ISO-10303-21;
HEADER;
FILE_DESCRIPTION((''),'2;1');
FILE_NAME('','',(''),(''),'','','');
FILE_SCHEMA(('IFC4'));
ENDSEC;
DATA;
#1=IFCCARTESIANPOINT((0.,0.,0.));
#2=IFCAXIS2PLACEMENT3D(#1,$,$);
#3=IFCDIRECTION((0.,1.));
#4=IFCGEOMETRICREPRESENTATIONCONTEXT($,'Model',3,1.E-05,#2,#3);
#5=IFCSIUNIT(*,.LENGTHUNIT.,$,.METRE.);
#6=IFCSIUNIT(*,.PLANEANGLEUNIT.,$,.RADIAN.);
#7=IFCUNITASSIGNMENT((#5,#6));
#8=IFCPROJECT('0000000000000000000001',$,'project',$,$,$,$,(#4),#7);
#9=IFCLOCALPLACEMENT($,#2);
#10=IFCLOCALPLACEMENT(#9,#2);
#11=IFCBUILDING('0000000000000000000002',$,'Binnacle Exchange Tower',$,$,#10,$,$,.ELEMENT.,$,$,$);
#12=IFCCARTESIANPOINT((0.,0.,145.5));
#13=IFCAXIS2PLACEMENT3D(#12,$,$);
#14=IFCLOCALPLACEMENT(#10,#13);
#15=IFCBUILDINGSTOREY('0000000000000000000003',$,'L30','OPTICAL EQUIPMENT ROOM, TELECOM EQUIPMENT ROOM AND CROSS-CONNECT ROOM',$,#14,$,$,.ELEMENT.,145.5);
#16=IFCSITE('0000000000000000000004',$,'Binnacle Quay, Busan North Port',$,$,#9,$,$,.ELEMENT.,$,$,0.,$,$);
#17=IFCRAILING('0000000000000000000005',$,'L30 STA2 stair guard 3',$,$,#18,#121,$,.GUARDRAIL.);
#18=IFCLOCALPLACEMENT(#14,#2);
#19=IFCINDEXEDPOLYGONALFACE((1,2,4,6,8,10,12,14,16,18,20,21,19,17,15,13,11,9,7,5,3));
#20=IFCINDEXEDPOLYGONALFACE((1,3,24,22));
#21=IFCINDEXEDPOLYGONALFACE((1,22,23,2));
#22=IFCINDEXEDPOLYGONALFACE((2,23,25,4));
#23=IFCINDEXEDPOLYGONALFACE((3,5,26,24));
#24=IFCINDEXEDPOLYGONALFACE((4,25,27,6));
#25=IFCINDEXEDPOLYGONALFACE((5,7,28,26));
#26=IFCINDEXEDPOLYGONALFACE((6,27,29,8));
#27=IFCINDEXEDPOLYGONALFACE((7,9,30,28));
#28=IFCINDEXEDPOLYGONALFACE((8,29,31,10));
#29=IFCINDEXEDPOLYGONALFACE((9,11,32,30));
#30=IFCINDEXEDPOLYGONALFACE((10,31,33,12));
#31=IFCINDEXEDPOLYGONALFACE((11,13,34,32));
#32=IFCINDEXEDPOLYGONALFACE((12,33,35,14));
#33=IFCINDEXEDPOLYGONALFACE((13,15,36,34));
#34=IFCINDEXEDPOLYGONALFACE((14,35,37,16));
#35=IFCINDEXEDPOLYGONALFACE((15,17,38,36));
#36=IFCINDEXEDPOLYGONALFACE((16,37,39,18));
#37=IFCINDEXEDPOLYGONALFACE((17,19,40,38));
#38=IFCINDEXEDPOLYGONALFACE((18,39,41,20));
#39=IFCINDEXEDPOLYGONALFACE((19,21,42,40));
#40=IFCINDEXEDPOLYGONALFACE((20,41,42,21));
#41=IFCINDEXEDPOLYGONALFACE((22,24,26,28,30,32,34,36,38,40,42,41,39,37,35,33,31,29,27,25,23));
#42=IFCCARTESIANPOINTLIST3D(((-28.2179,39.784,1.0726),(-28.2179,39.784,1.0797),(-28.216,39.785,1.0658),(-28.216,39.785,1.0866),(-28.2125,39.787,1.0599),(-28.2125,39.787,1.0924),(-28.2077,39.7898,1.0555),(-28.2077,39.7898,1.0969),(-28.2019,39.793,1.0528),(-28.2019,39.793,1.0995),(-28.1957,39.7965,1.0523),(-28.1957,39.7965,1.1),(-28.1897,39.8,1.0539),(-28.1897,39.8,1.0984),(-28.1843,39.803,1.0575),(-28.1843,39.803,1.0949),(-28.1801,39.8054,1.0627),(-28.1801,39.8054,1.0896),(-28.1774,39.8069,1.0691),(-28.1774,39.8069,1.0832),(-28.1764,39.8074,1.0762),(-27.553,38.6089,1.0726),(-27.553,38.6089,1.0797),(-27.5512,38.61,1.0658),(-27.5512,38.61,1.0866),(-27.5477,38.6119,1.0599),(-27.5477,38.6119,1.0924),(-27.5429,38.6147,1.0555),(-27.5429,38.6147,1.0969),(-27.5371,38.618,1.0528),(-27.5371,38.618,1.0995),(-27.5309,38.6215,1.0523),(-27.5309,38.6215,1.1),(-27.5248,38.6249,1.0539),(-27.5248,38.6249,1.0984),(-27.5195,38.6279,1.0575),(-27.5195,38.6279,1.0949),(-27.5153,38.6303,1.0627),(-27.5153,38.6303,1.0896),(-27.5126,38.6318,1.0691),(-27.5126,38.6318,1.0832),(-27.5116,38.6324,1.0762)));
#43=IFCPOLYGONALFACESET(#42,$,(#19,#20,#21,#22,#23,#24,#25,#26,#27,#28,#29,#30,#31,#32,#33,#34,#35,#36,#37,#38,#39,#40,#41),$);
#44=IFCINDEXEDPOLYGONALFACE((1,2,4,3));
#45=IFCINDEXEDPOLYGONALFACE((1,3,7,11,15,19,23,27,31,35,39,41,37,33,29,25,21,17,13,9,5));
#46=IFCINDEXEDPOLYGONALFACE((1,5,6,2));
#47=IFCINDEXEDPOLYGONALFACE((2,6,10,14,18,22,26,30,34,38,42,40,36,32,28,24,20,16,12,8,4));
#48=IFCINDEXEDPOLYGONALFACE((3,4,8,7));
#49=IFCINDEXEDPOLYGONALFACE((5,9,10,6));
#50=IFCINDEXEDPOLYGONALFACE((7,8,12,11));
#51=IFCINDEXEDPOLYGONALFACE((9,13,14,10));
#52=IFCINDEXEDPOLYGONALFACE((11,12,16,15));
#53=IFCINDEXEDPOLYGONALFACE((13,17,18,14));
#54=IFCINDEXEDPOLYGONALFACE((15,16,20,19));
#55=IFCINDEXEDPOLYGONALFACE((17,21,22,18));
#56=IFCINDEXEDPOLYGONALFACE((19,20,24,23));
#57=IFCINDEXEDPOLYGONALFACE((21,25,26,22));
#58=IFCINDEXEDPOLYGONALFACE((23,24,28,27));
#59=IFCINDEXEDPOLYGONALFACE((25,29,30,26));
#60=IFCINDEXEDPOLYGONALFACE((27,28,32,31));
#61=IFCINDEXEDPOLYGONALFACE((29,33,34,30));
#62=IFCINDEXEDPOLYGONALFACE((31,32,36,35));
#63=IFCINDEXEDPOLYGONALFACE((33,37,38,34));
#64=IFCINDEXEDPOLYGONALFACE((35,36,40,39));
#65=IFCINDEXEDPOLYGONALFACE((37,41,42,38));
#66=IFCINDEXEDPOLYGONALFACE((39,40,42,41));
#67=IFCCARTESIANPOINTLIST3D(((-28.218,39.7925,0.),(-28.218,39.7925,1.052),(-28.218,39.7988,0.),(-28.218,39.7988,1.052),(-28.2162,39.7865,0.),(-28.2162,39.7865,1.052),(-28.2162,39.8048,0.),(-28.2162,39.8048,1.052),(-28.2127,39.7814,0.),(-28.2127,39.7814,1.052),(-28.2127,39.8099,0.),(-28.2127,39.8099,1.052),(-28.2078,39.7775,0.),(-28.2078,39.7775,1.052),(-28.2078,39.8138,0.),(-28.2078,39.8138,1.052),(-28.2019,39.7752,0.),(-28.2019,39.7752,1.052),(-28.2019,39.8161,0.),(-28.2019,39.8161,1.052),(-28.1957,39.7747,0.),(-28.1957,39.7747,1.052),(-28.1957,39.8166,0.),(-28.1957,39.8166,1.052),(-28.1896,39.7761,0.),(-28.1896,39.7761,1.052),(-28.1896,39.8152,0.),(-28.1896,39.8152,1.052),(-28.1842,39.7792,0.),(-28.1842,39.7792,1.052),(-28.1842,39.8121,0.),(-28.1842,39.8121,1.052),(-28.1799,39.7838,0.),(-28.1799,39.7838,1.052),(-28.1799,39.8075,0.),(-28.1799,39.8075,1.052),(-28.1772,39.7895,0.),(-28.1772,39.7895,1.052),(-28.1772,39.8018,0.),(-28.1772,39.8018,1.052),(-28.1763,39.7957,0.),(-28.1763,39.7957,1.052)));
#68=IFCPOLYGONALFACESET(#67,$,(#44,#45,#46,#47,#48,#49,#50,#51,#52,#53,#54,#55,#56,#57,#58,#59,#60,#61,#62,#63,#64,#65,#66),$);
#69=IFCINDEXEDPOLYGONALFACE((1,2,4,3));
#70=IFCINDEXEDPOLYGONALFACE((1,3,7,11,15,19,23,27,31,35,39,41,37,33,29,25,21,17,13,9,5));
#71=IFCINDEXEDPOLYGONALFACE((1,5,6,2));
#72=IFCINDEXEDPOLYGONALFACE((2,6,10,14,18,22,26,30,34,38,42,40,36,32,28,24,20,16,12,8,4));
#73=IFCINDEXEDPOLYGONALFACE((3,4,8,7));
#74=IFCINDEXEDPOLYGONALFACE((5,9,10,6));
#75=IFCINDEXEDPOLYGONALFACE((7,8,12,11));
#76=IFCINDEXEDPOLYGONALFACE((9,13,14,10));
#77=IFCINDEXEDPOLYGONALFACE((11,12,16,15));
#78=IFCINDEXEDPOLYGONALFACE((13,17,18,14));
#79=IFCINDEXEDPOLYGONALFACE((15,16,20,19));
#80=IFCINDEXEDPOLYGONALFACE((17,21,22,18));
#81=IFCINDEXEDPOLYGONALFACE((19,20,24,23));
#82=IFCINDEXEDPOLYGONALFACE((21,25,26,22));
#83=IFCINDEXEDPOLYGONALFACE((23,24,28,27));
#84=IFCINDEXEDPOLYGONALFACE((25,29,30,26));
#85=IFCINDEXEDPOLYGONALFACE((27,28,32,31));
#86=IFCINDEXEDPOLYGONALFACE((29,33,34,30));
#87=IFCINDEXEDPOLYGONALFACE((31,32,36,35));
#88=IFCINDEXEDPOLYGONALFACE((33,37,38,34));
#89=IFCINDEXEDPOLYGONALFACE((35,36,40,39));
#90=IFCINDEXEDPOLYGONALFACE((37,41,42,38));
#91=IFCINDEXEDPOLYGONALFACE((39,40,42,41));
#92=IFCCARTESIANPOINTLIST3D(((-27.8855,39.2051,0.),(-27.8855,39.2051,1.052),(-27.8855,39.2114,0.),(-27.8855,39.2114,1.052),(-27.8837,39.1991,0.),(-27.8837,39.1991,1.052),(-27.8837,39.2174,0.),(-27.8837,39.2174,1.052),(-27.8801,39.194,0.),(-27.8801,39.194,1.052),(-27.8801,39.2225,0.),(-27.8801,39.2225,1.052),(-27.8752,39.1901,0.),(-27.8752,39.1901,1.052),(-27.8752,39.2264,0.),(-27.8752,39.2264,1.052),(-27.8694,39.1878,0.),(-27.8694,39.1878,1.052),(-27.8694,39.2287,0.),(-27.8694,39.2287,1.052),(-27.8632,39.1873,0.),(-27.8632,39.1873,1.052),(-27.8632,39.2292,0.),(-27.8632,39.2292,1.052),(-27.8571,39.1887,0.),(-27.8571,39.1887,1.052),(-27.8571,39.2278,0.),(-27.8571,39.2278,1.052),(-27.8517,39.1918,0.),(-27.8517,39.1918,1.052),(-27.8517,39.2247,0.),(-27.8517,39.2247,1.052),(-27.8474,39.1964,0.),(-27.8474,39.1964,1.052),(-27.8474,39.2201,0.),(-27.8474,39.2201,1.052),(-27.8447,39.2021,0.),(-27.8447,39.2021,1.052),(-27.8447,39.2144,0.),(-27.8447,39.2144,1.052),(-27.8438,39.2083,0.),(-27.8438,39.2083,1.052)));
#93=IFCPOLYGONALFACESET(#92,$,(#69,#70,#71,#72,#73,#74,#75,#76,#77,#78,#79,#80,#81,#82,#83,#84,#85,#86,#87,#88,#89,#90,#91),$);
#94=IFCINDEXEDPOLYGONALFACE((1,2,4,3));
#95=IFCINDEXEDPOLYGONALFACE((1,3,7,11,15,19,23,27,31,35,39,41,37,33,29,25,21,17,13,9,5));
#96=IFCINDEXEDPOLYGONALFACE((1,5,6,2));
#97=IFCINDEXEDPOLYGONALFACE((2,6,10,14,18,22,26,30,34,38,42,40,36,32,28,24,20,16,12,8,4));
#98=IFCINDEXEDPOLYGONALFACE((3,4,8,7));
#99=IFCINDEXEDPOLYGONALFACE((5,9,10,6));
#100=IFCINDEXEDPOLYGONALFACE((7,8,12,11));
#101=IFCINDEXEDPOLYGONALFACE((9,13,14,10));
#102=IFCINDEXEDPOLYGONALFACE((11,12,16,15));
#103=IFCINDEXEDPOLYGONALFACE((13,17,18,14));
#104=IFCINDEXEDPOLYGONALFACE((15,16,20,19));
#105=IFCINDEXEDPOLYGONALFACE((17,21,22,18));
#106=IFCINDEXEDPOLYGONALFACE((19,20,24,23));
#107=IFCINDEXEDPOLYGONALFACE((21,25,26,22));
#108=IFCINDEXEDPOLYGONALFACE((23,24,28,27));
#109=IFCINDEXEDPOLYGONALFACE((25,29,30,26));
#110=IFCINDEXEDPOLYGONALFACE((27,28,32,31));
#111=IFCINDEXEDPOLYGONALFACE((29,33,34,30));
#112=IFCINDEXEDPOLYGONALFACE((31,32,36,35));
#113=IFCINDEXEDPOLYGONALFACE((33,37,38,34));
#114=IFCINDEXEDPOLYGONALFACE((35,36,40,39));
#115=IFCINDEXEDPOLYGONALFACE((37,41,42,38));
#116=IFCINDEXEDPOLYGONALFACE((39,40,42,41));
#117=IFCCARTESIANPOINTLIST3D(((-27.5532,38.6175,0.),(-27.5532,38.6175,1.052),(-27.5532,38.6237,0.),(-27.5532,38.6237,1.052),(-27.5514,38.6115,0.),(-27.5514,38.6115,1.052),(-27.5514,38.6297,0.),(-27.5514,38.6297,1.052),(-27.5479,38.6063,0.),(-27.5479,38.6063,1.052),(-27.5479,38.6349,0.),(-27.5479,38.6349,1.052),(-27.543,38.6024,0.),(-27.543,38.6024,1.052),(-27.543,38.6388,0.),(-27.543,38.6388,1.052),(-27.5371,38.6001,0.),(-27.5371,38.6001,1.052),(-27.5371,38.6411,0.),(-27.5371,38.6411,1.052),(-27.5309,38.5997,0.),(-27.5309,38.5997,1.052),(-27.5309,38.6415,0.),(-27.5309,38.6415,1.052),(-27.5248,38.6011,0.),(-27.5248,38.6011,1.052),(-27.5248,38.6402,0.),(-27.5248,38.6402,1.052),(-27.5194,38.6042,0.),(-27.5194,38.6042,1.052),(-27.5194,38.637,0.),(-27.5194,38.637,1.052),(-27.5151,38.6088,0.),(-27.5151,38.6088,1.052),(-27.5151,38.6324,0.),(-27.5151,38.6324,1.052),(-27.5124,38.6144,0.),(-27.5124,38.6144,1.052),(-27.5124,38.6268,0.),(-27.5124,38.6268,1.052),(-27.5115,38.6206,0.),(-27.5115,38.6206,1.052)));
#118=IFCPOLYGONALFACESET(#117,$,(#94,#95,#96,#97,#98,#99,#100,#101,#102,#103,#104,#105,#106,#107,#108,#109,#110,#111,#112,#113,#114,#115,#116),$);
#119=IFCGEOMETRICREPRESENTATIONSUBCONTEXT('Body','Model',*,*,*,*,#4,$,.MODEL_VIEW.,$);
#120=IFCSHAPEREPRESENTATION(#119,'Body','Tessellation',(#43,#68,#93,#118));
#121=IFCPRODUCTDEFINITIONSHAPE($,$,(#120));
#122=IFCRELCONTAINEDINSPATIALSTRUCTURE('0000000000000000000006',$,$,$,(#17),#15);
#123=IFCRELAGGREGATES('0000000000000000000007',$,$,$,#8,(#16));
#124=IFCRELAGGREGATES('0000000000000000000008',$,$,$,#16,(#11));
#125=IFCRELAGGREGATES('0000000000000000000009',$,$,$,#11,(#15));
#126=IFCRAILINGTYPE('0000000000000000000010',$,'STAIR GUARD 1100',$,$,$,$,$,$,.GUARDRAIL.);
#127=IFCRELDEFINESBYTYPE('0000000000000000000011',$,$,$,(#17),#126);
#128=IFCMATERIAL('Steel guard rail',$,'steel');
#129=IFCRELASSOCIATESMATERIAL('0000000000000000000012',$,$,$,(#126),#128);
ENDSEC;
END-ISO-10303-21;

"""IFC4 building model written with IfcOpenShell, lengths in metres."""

from ifc_helpers import new_model, si_unit, direction, frame, origin, origin_2d, place, context, subcontext, project, spatial, circle, extrude, material, type_object, element, save


model = new_model("IFC4")

# Units and contexts
model_context = context("Model", 3, precision=1e-05, world=origin(), true_north=direction((0.0, 1.0)))
body_context = subcontext(model_context, "Body", "Model", "MODEL_VIEW")
ifc_project = project(units=[si_unit("LENGTHUNIT", "METRE"), si_unit("PLANEANGLEUNIT", "RADIAN")], contexts=[model_context])

# Site, building, storey
site_placement = place(None, origin())
site = spatial("IfcSite", under=ifc_project, at=site_placement, Name="Binnacle Quay, Busan North Port", CompositionType="ELEMENT", RefElevation=0.0)
building_placement = place(site_placement, origin())
building = spatial("IfcBuilding", under=site, at=building_placement, Name="Binnacle Exchange Tower", CompositionType="ELEMENT")
storey_placement = place(building_placement, frame((0.0, 0.0, 145.5)))
storey = spatial("IfcBuildingStorey", under=building, at=storey_placement, Name="L30", Description="OPTICAL EQUIPMENT ROOM, TELECOM EQUIPMENT ROOM AND CROSS-CONNECT ROOM", CompositionType="ELEMENT", Elevation=145.5)

# Railing
ifc_material_1 = material(Name="Steel guard rail", Category="steel")
railing_type_1 = type_object("IfcRailingType", Name="STAIR GUARD 1100", PredefinedType="GUARDRAIL", material=ifc_material_1)
railing_1_placement = place(storey_placement, frame((-28.1973, 39.7957, 0.0)))
element("IfcRailing", 1, at=railing_1_placement, inside=storey, type_object=railing_type_1, Name="L30 STA2 stair guard 3", PredefinedType="GUARDRAIL", context=body_context, shape_type="SweptSolid", body=[
    extrude(circle(Radius=0.0239, at=origin_2d()), frame((0.0, 0.0, 1.0762), z_axis=(0.492415, -0.870361, 0.0), x_axis=(0.870361, 0.492415, 0.0)), (0.0, 0.0, 1.0), 1.3501),
    extrude(circle(Radius=0.021, at=origin_2d()), origin(), (0.0, 0.0, 1.0), 1.052),
    extrude(circle(Radius=0.021, at=origin_2d()), frame((0.3325, -0.5874, 0.0)), (0.0, 0.0, 1.0), 1.052),
    extrude(circle(Radius=0.021, at=origin_2d()), frame((0.6648, -1.175, 0.0)), (0.0, 0.0, 1.0), 1.052),
])

save(model, "model.ifc")
